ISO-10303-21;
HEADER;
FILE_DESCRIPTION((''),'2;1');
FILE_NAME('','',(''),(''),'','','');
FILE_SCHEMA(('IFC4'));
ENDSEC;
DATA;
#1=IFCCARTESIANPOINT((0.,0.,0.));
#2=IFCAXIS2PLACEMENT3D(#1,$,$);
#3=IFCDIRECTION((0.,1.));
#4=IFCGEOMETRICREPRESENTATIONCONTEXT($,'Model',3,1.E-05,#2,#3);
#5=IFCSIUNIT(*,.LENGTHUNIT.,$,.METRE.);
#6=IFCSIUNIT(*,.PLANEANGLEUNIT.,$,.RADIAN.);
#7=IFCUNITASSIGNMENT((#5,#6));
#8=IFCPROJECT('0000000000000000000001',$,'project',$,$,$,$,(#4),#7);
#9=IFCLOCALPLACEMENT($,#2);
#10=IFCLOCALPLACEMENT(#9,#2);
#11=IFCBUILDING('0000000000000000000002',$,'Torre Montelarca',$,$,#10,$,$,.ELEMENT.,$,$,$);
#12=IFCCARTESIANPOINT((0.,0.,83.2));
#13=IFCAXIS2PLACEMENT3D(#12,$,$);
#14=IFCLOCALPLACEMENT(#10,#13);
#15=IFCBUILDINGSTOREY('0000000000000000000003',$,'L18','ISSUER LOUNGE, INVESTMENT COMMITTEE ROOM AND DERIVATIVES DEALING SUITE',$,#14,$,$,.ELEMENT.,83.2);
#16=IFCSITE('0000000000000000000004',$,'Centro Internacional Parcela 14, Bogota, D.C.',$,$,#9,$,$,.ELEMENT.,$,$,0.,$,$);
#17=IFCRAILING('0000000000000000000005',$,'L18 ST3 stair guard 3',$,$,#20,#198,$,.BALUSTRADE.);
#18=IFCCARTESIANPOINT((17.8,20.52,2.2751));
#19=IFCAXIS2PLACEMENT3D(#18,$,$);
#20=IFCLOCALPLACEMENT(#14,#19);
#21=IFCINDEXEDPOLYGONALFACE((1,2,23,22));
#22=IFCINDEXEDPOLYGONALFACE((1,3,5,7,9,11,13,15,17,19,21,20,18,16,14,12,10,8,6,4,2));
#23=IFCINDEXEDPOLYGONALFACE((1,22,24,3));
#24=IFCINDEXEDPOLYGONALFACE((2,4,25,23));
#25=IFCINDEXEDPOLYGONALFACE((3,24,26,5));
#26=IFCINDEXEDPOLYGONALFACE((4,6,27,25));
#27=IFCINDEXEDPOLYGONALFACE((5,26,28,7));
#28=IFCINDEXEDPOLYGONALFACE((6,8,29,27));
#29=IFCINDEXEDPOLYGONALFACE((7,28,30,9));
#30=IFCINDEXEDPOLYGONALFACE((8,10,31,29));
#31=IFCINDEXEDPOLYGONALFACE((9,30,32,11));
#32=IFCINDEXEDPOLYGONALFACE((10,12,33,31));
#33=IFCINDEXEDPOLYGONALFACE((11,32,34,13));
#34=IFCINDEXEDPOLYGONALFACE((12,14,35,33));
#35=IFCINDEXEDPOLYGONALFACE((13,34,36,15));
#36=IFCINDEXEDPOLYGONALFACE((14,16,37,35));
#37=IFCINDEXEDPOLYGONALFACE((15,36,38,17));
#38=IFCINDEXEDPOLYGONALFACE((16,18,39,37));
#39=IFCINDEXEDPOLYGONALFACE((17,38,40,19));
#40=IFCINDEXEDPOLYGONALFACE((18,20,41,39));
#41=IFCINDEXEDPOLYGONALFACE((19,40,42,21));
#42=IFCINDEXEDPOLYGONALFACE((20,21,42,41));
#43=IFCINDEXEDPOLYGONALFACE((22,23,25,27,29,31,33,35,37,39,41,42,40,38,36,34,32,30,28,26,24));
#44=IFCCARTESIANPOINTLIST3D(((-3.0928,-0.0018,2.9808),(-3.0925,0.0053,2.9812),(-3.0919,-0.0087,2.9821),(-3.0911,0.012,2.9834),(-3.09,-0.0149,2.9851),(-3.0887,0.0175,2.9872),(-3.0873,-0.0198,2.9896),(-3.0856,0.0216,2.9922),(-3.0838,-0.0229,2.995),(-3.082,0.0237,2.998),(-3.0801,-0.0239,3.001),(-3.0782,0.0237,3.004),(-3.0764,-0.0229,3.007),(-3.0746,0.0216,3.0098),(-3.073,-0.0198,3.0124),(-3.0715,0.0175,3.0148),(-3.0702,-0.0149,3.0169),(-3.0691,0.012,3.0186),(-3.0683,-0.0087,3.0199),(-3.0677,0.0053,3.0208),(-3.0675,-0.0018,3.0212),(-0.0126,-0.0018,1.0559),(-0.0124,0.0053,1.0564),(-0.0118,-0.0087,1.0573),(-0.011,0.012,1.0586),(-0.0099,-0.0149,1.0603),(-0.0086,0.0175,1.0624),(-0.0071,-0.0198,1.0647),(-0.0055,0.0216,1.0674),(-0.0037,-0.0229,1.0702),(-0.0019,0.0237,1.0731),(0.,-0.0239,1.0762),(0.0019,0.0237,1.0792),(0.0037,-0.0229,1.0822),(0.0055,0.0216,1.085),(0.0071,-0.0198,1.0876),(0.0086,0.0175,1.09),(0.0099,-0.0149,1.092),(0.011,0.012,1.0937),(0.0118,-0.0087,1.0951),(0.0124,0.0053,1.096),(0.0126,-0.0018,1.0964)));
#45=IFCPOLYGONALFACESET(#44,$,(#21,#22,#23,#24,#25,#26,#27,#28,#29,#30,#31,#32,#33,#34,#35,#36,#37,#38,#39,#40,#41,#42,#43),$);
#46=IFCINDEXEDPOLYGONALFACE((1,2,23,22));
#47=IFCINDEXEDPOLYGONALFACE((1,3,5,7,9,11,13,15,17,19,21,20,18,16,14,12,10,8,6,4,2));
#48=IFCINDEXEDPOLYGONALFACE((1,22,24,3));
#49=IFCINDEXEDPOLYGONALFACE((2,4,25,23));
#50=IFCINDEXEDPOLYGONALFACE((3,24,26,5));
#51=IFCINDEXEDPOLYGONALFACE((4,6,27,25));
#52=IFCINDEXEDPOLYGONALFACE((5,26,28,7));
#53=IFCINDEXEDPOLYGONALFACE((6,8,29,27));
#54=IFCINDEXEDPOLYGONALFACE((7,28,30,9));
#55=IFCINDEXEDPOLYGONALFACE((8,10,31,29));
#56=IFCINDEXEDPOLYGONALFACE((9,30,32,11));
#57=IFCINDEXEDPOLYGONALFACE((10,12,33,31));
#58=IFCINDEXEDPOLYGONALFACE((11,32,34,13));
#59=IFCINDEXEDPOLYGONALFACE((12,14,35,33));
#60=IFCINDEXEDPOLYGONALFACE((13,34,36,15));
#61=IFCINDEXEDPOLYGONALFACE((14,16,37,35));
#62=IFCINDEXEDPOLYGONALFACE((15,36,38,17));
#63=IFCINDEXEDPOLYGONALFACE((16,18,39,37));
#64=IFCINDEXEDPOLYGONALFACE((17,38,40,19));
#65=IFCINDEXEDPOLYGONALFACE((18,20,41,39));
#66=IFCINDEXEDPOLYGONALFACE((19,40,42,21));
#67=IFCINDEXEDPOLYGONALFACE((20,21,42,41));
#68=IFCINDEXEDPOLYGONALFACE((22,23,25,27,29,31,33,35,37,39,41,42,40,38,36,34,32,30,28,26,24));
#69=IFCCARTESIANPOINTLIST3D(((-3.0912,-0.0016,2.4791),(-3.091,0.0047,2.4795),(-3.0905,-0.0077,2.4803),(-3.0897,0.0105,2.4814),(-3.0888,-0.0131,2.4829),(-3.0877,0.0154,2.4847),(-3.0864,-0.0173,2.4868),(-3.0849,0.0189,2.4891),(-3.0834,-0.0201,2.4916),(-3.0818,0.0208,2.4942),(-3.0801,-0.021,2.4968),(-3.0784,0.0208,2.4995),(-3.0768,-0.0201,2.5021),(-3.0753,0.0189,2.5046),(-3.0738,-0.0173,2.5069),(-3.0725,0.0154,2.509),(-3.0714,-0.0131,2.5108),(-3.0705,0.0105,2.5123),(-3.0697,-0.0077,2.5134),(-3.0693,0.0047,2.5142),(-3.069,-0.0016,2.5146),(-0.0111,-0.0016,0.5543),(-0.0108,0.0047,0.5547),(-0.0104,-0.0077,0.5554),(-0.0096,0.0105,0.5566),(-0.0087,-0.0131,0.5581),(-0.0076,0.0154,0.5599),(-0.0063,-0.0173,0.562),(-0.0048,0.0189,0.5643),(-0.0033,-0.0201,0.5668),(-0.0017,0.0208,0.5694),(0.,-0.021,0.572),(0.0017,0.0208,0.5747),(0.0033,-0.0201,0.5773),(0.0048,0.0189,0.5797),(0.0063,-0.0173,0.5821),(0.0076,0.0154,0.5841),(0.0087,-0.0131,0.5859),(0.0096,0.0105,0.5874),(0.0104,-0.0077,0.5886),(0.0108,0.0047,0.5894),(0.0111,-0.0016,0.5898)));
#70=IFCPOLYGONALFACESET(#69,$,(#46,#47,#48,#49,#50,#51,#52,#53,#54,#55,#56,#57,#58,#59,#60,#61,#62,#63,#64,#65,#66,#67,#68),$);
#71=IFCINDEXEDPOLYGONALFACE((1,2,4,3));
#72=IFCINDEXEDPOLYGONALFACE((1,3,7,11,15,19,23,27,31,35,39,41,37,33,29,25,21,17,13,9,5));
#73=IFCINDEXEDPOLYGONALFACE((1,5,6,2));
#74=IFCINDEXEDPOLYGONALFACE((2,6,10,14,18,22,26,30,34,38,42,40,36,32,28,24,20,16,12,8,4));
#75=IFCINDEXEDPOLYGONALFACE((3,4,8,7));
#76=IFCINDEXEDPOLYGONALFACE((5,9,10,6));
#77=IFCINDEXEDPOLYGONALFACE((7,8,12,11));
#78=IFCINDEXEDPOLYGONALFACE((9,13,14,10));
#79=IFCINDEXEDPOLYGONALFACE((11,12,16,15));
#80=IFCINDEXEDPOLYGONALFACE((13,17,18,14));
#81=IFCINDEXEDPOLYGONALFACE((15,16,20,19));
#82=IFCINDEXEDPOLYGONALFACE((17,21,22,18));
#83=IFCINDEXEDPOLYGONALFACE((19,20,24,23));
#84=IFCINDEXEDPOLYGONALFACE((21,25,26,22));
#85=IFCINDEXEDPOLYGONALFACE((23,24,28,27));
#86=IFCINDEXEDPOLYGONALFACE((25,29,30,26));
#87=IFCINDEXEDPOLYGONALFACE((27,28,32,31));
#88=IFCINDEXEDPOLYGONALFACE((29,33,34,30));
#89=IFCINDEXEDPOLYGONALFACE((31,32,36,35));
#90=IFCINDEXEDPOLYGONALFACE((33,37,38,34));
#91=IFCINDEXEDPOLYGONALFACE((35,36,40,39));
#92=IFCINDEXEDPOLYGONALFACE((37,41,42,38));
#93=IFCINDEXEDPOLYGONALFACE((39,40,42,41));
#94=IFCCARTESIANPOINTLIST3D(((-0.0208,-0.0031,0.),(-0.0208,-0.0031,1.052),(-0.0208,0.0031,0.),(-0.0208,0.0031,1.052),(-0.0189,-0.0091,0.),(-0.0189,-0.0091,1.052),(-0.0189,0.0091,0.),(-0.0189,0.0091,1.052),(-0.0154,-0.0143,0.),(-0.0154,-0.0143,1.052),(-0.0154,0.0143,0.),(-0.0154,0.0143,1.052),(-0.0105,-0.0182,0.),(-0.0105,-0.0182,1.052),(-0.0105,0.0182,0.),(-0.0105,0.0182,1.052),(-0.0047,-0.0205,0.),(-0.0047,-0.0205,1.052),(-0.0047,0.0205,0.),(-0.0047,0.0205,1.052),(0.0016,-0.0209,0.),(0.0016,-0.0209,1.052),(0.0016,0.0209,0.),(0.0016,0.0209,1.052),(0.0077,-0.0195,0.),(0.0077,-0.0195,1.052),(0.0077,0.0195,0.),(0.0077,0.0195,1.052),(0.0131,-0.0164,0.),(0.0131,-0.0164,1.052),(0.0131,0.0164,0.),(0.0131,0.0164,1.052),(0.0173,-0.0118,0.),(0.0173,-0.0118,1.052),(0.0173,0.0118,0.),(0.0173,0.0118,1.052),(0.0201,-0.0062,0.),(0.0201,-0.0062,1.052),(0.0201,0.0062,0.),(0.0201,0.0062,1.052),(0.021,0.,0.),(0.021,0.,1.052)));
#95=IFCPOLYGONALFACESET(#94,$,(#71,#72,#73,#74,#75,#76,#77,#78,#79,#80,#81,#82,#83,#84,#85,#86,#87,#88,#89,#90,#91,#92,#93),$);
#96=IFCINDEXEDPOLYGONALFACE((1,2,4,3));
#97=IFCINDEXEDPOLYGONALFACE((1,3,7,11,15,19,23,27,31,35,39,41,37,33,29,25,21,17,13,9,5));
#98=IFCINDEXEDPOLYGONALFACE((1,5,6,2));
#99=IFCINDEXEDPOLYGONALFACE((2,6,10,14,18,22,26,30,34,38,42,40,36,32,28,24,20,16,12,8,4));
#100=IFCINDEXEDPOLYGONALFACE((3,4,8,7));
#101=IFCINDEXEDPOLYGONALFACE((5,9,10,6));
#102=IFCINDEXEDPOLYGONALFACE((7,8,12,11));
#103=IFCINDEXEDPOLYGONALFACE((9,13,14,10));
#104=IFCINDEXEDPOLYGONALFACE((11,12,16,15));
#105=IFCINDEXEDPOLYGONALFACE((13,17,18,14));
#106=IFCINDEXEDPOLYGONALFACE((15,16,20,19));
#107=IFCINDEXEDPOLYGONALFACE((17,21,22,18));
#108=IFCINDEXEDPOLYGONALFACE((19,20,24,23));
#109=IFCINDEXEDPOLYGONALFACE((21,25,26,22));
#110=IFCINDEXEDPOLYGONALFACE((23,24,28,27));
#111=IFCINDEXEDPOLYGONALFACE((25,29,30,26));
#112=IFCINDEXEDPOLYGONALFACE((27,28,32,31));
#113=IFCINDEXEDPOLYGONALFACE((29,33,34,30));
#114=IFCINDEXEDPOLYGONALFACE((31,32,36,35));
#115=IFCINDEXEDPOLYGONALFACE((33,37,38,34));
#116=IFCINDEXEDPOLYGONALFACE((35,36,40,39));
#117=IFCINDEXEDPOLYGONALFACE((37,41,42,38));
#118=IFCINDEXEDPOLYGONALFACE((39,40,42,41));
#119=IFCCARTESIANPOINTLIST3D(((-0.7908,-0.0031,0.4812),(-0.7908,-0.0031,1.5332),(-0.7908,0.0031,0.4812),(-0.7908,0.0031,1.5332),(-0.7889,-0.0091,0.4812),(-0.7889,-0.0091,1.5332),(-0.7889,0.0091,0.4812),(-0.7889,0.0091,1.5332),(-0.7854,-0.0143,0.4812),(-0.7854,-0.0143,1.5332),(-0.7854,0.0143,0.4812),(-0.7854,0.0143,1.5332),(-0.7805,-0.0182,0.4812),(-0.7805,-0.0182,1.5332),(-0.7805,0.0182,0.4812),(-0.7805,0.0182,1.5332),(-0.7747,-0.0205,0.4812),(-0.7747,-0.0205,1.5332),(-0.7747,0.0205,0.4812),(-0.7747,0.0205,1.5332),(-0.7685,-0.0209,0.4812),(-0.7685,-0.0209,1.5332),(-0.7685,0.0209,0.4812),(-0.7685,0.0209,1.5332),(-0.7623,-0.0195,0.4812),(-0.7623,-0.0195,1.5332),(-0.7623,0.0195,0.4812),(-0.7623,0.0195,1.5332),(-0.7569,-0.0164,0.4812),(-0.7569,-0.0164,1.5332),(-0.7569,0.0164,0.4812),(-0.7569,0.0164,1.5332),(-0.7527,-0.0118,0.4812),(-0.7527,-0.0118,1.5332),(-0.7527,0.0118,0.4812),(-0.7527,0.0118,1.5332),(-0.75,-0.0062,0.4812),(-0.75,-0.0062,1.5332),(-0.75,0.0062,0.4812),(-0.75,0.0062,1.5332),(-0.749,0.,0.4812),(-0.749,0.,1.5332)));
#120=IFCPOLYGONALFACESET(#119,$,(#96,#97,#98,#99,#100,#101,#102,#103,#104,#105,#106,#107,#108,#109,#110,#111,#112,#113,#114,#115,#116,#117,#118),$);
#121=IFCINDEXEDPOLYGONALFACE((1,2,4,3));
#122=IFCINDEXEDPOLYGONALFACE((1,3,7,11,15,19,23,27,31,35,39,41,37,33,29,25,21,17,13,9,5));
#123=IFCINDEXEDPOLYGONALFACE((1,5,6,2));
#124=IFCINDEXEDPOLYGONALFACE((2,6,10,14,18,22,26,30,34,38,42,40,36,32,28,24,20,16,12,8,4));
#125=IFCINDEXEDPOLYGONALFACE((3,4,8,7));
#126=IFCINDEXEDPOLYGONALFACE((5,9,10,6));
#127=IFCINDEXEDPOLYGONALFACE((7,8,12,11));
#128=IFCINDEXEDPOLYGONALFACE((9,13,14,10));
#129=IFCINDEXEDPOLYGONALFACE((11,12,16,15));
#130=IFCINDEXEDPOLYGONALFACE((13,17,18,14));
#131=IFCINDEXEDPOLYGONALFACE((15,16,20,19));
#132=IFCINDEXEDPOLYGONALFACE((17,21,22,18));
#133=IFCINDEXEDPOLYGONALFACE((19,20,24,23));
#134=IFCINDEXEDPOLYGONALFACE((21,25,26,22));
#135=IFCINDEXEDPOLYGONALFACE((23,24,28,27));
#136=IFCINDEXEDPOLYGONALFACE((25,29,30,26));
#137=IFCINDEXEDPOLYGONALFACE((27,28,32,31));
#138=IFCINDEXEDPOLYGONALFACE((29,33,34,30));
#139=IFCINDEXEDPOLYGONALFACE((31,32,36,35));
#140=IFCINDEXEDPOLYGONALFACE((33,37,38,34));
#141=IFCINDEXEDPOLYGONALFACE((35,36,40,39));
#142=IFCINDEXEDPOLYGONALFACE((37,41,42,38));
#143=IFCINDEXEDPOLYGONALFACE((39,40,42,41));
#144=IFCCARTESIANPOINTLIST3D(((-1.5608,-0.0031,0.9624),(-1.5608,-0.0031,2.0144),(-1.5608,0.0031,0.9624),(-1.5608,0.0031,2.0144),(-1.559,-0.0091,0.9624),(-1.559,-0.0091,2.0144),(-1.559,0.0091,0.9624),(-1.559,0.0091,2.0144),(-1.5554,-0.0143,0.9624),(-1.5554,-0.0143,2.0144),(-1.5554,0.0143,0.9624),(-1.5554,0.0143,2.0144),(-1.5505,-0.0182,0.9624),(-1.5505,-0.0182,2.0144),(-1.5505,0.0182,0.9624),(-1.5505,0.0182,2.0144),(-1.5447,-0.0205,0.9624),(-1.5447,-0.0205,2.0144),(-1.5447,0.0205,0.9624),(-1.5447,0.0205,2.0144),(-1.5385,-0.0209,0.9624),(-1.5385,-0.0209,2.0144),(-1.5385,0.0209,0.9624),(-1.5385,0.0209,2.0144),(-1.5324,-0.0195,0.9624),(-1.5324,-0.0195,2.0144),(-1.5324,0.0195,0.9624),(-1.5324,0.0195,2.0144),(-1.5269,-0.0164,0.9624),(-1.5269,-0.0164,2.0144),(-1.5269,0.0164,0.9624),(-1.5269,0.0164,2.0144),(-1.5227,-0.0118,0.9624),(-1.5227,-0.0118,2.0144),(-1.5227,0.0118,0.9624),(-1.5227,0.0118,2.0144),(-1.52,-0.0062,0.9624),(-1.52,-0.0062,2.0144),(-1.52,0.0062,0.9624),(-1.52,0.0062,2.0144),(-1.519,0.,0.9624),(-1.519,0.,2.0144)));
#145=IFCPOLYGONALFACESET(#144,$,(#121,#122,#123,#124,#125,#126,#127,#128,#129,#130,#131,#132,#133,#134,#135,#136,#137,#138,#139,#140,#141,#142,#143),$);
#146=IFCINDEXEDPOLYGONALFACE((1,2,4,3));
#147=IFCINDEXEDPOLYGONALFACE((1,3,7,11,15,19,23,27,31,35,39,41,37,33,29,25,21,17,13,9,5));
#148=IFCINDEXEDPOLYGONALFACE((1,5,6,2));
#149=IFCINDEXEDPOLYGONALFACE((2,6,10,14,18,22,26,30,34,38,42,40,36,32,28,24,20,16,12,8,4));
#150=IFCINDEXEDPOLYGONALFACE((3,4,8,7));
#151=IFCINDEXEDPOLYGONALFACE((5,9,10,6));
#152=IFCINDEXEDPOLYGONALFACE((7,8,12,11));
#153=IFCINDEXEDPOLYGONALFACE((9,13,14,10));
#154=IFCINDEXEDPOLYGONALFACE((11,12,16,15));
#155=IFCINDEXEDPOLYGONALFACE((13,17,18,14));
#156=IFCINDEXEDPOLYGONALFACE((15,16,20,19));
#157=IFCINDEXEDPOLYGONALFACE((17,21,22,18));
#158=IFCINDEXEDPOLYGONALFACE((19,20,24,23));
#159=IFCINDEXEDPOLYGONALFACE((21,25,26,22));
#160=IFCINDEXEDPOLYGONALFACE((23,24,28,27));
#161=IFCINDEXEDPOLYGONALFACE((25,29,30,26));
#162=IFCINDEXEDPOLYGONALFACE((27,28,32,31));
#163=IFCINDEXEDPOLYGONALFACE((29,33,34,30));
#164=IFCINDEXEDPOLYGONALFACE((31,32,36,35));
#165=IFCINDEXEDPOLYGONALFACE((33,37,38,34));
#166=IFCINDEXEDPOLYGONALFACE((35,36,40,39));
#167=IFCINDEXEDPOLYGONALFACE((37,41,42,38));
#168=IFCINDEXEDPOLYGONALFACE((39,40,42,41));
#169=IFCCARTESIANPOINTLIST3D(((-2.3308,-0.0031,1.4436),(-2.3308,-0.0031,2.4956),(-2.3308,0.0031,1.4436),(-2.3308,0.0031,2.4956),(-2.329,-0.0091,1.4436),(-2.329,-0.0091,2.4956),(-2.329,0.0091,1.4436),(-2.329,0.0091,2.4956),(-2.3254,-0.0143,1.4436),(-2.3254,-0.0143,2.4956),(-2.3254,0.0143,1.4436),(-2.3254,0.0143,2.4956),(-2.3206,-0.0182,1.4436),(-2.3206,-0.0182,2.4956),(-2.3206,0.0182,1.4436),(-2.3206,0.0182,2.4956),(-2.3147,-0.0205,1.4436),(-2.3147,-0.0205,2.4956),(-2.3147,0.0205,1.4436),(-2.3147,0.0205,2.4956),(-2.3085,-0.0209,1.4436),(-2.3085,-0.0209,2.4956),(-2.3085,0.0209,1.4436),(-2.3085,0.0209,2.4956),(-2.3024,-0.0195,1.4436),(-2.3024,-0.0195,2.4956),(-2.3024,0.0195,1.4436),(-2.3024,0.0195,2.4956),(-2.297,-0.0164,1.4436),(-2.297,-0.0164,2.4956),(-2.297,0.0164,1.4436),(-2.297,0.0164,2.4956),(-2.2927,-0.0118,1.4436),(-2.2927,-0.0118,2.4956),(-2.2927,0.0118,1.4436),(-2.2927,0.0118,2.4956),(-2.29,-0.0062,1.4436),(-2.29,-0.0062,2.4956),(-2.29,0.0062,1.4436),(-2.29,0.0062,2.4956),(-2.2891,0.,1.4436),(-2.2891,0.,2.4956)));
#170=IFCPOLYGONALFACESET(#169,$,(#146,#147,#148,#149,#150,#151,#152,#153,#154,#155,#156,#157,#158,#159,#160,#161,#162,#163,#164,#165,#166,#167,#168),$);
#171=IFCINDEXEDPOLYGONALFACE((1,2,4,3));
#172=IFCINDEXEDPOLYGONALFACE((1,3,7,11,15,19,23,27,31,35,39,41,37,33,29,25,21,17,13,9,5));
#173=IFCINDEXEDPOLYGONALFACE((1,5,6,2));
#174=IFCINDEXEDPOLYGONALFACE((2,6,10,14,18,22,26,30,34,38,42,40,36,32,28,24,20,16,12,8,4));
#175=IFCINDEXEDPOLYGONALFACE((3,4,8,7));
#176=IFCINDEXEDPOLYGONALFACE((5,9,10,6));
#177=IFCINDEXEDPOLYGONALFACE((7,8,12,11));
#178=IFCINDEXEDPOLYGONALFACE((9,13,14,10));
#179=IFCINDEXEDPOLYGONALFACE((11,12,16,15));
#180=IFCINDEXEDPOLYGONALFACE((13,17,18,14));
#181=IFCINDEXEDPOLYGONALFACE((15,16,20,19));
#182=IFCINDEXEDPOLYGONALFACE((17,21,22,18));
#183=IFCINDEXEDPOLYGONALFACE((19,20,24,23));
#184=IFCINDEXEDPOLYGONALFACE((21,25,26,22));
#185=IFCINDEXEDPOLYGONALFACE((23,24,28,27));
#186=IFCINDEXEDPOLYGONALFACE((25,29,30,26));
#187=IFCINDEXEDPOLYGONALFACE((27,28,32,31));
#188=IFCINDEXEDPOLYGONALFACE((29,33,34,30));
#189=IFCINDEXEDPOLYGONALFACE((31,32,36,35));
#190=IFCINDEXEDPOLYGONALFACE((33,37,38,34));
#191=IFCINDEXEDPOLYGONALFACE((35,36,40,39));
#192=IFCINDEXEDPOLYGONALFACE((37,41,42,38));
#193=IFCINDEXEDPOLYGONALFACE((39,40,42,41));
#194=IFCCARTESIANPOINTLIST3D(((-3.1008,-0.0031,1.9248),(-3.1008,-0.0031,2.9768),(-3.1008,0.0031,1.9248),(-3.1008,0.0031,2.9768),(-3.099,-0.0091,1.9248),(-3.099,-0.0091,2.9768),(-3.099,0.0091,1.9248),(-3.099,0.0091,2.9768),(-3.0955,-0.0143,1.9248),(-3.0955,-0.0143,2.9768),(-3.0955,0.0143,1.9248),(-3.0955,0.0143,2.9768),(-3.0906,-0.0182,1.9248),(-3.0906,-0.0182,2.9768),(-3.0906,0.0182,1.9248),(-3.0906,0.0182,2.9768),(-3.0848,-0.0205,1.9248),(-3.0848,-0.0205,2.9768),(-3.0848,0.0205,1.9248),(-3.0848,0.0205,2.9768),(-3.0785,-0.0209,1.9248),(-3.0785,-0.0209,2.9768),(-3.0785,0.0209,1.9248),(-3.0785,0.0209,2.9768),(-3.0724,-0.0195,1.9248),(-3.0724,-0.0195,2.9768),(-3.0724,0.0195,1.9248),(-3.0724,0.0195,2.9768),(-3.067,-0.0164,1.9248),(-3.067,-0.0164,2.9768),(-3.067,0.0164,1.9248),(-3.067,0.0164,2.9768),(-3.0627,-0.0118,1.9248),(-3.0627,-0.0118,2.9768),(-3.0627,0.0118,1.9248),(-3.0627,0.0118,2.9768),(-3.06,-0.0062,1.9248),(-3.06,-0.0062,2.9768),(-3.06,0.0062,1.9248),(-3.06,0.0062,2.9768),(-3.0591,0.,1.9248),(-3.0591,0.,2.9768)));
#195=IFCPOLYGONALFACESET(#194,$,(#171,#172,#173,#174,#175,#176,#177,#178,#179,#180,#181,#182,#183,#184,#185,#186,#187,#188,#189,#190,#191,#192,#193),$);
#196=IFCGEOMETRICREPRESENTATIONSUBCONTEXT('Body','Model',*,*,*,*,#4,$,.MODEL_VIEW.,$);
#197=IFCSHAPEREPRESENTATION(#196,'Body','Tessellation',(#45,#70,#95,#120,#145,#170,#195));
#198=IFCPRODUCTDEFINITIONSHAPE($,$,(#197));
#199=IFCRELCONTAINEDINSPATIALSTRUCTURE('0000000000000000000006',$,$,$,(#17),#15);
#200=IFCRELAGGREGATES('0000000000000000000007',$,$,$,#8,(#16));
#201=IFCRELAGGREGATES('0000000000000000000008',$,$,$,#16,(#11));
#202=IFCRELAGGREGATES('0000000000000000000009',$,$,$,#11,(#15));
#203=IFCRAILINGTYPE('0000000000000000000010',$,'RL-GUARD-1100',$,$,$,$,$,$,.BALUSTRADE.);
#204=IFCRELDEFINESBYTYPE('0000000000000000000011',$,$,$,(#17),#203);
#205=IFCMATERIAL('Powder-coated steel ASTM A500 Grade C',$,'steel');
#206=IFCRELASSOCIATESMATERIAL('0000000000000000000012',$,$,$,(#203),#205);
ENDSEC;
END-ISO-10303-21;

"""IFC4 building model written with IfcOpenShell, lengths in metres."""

from ifc_helpers import new_model, si_unit, direction, frame, origin, origin_2d, place, context, subcontext, project, spatial, circle, extrude, material, type_object, element, save


model = new_model("IFC4")

# Units and contexts
model_context = context("Model", 3, precision=1e-05, world=origin(), true_north=direction((0.0, 1.0)))
body_context = subcontext(model_context, "Body", "Model", "MODEL_VIEW")
ifc_project = project(units=[si_unit("LENGTHUNIT", "METRE"), si_unit("PLANEANGLEUNIT", "RADIAN")], contexts=[model_context])

# Site, building, storey
site_placement = place(None, origin())
site = spatial("IfcSite", under=ifc_project, at=site_placement, Name="Centro Internacional Parcela 14, Bogota, D.C.", CompositionType="ELEMENT", RefElevation=0.0)
building_placement = place(site_placement, origin())
building = spatial("IfcBuilding", under=site, at=building_placement, Name="Torre Montelarca", CompositionType="ELEMENT")
storey_placement = place(building_placement, frame((0.0, 0.0, 83.2)))
storey = spatial("IfcBuildingStorey", under=building, at=storey_placement, Name="L18", Description="ISSUER LOUNGE, INVESTMENT COMMITTEE ROOM AND DERIVATIVES DEALING SUITE", CompositionType="ELEMENT", Elevation=83.2)

# Railing
ifc_material_1 = material(Name="Powder-coated steel ASTM A500 Grade C", Category="steel")
railing_type_1 = type_object("IfcRailingType", Name="RL-GUARD-1100", PredefinedType="BALUSTRADE", material=ifc_material_1)
railing_1_placement = place(storey_placement, frame((17.8, 20.52, 2.2751)))
element("IfcRailing", 1, at=railing_1_placement, inside=storey, type_object=railing_type_1, Name="L18 ST3 stair guard 3", PredefinedType="BALUSTRADE", context=body_context, shape_type="SweptSolid", body=[
    extrude(circle(Radius=0.0239, at=origin_2d()), frame((0.0, 0.0, 1.0762), z_axis=(-0.848029, 0.0, 0.529951), x_axis=(0.0, -1.0, 0.0)), (0.0, 0.0, 1.0), 3.6321),
    extrude(circle(Radius=0.021, at=origin_2d()), frame((0.0, 0.0, 0.572), z_axis=(-0.848029, 0.0, 0.529951), x_axis=(0.0, -1.0, 0.0)), (0.0, 0.0, 1.0), 3.6321),
    extrude(circle(Radius=0.021, at=origin_2d()), origin(), (0.0, 0.0, 1.0), 1.052),
    extrude(circle(Radius=0.021, at=origin_2d()), frame((-0.77, 0.0, 0.4812)), (0.0, 0.0, 1.0), 1.052),
    extrude(circle(Radius=0.021, at=origin_2d()), frame((-1.54, 0.0, 0.9624)), (0.0, 0.0, 1.0), 1.052),
    extrude(circle(Radius=0.021, at=origin_2d()), frame((-2.3101, 0.0, 1.4436)), (0.0, 0.0, 1.0), 1.052),
    extrude(circle(Radius=0.021, at=origin_2d()), frame((-3.0801, 0.0, 1.9248)), (0.0, 0.0, 1.0), 1.052),
])

save(model, "model.ifc")
